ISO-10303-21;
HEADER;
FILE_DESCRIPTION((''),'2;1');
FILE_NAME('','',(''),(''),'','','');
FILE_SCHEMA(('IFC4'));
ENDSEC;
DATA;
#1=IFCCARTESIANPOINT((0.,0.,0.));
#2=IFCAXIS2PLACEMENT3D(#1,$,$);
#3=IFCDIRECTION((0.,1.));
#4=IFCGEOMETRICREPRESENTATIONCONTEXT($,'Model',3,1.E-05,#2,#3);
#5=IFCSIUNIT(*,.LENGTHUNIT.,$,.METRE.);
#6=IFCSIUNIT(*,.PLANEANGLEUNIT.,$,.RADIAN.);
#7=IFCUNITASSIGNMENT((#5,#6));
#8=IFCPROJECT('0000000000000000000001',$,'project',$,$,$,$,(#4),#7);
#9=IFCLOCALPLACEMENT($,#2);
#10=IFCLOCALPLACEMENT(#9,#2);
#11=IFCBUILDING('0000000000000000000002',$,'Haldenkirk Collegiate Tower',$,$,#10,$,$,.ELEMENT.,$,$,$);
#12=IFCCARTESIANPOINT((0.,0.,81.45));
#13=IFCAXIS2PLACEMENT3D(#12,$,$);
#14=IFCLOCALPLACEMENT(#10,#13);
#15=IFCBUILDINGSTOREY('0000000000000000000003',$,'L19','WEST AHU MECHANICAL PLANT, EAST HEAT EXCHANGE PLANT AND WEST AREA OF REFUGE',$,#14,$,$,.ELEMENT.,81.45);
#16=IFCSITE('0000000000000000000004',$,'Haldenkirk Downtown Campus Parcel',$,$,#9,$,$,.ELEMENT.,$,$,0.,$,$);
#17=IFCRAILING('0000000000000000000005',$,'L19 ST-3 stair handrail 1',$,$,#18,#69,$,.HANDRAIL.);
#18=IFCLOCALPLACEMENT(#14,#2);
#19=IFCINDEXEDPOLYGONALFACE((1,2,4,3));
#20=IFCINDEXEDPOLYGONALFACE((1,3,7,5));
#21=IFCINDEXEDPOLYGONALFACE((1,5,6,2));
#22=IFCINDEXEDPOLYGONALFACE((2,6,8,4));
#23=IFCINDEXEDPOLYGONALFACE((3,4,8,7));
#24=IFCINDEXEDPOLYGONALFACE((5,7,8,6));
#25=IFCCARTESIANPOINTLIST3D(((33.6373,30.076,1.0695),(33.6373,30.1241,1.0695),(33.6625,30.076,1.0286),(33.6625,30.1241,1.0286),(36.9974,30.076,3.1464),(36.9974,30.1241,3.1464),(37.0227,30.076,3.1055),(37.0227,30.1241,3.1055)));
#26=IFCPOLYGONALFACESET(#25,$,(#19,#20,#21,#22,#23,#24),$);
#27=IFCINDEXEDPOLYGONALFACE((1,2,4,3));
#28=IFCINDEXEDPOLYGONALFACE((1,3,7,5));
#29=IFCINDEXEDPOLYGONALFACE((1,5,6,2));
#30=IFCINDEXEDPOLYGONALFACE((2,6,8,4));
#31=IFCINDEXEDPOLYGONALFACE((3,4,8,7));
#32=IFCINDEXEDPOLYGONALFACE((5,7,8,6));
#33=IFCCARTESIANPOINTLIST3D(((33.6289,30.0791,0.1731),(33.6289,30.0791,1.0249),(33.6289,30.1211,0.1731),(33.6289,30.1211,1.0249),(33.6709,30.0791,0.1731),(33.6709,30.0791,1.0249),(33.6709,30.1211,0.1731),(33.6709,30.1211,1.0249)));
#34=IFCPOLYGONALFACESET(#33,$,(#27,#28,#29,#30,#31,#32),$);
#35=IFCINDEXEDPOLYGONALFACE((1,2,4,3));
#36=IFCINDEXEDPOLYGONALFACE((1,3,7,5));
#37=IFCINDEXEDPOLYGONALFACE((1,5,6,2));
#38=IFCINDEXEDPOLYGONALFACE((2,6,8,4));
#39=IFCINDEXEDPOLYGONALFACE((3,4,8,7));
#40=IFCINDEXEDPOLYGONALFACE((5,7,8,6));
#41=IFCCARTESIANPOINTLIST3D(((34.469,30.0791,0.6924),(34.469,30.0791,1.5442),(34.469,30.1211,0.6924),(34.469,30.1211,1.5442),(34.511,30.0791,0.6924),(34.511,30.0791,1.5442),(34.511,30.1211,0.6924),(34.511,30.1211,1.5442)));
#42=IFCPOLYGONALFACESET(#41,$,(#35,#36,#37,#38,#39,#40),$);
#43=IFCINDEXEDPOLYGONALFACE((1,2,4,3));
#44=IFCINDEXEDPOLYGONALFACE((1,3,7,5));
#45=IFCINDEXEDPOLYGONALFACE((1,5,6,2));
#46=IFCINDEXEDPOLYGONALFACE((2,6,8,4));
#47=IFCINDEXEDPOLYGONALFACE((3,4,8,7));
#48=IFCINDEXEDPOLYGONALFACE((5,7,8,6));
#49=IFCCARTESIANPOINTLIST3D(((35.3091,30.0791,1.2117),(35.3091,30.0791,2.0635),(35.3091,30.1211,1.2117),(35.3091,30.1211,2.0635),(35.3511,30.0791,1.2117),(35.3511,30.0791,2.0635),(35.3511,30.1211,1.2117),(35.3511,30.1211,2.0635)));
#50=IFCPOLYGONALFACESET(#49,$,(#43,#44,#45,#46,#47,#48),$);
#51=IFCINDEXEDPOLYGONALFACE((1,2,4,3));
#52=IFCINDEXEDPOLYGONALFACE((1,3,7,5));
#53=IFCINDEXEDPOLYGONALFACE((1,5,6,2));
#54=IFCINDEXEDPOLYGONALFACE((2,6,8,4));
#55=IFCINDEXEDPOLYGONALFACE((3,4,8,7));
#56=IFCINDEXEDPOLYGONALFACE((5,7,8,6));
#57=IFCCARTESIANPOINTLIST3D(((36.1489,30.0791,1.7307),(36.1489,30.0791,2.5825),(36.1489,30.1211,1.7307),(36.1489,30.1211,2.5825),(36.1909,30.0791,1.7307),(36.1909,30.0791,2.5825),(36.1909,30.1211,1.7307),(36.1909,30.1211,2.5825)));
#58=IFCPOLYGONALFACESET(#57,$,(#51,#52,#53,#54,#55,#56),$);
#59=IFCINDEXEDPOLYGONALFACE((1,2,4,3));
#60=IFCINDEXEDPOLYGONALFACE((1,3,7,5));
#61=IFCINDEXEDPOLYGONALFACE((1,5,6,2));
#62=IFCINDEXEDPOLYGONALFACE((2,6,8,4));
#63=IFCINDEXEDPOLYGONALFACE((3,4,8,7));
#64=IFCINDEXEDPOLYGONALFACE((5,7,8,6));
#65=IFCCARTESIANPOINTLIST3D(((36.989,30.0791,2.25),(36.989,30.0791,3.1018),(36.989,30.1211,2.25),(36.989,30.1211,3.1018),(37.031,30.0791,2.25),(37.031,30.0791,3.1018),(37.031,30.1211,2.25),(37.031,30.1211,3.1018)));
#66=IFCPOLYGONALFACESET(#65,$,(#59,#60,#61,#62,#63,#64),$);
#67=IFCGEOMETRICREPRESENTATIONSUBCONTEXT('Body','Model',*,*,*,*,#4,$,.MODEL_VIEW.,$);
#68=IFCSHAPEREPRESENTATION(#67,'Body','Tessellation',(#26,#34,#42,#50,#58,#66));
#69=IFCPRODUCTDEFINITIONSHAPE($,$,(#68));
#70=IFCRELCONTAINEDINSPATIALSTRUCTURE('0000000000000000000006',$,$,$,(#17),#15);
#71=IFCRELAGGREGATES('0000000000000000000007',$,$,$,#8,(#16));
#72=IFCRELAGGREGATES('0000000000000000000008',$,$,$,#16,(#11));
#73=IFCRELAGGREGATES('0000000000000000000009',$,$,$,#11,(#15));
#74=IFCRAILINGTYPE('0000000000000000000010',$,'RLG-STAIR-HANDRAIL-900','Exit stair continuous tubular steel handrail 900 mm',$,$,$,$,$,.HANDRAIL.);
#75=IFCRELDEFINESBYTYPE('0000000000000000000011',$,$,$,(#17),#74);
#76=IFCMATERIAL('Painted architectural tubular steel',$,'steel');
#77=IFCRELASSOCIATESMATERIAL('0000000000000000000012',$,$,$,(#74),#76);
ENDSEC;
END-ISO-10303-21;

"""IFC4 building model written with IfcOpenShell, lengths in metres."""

from ifc_helpers import new_model, si_unit, direction, frame, origin, origin_2d, place, context, subcontext, project, spatial, rectangle, extrude, material, type_object, element, save


model = new_model("IFC4")

# Units and contexts
model_context = context("Model", 3, precision=1e-05, world=origin(), true_north=direction((0.0, 1.0)))
body_context = subcontext(model_context, "Body", "Model", "MODEL_VIEW")
ifc_project = project(units=[si_unit("LENGTHUNIT", "METRE"), si_unit("PLANEANGLEUNIT", "RADIAN")], contexts=[model_context])

# Site, building, storey
site_placement = place(None, origin())
site = spatial("IfcSite", under=ifc_project, at=site_placement, Name="Haldenkirk Downtown Campus Parcel", CompositionType="ELEMENT", RefElevation=0.0)
building_placement = place(site_placement, origin())
building = spatial("IfcBuilding", under=site, at=building_placement, Name="Haldenkirk Collegiate Tower", CompositionType="ELEMENT")
storey_placement = place(building_placement, frame((0.0, 0.0, 81.45)))
storey = spatial("IfcBuildingStorey", under=building, at=storey_placement, Name="L19", Description="WEST AHU MECHANICAL PLANT, EAST HEAT EXCHANGE PLANT AND WEST AREA OF REFUGE", CompositionType="ELEMENT", Elevation=81.45)

# Railing
ifc_material_1 = material(Name="Painted architectural tubular steel", Category="steel")
railing_type = type_object("IfcRailingType", Name="RLG-STAIR-HANDRAIL-900", Description="Exit stair continuous tubular steel handrail 900 mm", PredefinedType="HANDRAIL", material=ifc_material_1)
railing_placement = place(storey_placement, frame((33.6499, 30.1001, 0.1731)))
element("IfcRailing", 1, at=railing_placement, inside=storey, type_object=railing_type, Name="L19 ST-3 stair handrail 1", PredefinedType="HANDRAIL", context=body_context, shape_type="SweptSolid", body=[
    extrude(rectangle(XDim=0.0481, YDim=0.0481, at=origin_2d()), frame((0.0, 0.0, 0.876), z_axis=(0.850623, 0.0, 0.525776), x_axis=(0.0, 1.0, 0.0)), (0.0, 0.0, 1.0), 3.9502),
    extrude(rectangle(XDim=0.042, YDim=0.042, at=origin_2d()), origin(), (0.0, 0.0, 1.0), 0.8518),
    extrude(rectangle(XDim=0.042, YDim=0.042, at=origin_2d()), frame((0.8401, 0.0, 0.5193)), (0.0, 0.0, 1.0), 0.8518),
    extrude(rectangle(XDim=0.042, YDim=0.042, at=origin_2d()), frame((1.6802, 0.0, 1.0386)), (0.0, 0.0, 1.0), 0.8518),
    extrude(rectangle(XDim=0.042, YDim=0.042, at=origin_2d()), frame((2.52, 0.0, 1.5576)), (0.0, 0.0, 1.0), 0.8518),
    extrude(rectangle(XDim=0.042, YDim=0.042, at=origin_2d()), frame((3.3601, 0.0, 2.0769)), (0.0, 0.0, 1.0), 0.8518),
])

save(model, "model.ifc")
